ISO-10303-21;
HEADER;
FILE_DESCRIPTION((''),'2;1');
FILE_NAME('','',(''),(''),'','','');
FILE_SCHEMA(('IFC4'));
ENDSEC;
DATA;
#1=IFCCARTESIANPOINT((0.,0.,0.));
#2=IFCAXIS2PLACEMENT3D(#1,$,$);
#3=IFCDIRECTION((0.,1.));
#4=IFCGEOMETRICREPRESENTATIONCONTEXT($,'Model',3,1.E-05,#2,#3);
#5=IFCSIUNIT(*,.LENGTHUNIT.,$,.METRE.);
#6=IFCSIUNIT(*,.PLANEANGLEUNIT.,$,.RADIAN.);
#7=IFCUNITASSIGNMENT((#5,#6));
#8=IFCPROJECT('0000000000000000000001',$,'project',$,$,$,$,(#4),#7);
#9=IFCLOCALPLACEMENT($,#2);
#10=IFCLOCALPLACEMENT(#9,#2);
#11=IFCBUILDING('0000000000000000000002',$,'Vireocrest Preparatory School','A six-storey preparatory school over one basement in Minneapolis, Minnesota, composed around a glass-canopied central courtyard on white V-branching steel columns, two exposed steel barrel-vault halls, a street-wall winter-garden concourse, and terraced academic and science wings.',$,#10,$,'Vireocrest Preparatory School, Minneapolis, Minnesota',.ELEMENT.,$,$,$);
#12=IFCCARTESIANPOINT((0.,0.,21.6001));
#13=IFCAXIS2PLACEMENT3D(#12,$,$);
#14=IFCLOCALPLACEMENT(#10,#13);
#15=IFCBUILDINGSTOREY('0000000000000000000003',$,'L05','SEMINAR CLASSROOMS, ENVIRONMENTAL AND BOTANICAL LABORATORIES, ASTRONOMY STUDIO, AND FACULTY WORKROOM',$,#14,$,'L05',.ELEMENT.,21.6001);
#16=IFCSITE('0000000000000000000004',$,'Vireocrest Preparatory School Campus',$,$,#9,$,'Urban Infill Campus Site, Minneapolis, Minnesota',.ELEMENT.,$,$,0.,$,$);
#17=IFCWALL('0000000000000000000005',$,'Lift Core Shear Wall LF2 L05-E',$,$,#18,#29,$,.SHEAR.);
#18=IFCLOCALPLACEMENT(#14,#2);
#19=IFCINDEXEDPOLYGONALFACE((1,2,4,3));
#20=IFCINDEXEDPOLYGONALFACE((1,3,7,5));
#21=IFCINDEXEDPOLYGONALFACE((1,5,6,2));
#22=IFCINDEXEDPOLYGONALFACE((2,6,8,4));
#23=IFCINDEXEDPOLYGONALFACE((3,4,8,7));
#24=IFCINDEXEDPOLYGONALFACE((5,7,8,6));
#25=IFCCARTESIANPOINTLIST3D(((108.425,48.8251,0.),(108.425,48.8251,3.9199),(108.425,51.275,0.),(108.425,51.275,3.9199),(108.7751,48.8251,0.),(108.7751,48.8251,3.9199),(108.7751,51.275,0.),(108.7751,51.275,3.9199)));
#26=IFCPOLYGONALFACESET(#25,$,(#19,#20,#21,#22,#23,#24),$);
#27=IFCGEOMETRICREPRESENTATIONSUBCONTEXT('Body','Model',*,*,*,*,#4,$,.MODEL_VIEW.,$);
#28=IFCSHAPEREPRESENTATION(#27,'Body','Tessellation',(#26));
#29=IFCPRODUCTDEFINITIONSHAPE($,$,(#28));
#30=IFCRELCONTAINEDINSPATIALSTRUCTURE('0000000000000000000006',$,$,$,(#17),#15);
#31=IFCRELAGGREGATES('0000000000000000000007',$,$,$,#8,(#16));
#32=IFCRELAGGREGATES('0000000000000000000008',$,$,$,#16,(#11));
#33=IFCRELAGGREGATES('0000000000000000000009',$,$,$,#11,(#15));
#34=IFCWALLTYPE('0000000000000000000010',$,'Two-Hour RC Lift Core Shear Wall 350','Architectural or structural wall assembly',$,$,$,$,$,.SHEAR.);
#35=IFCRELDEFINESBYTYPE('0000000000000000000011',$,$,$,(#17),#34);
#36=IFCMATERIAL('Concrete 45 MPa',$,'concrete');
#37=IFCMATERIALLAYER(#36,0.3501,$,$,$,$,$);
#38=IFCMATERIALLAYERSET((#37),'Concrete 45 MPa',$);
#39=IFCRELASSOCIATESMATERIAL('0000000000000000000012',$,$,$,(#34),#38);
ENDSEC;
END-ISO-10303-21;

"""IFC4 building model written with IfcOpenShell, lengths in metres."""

from ifc_helpers import new_model, si_unit, direction, frame, frame_2d, origin, place, context, subcontext, project, spatial, rectangle, extrude, material, layer, layer_set, type_object, element, save


model = new_model("IFC4")

# Units and contexts
model_context = context("Model", 3, precision=1e-05, world=origin(), true_north=direction((0.0, 1.0)))
body_context = subcontext(model_context, "Body", "Model", "MODEL_VIEW")
ifc_project = project(units=[si_unit("LENGTHUNIT", "METRE"), si_unit("PLANEANGLEUNIT", "RADIAN")], contexts=[model_context])

# Site, building, storey
site_placement = place(None, origin())
site = spatial("IfcSite", under=ifc_project, at=site_placement, Name="Vireocrest Preparatory School Campus", LongName="Urban Infill Campus Site, Minneapolis, Minnesota", CompositionType="ELEMENT", RefElevation=0.0)
building_placement = place(site_placement, origin())
building = spatial("IfcBuilding", under=site, at=building_placement, Name="Vireocrest Preparatory School", Description="A six-storey preparatory school over one basement in Minneapolis, Minnesota, composed around a glass-canopied central courtyard on white V-branching steel columns, two exposed steel barrel-vault halls, a street-wall winter-garden concourse, and terraced academic and science wings.", LongName="Vireocrest Preparatory School, Minneapolis, Minnesota", CompositionType="ELEMENT")
storey_placement = place(building_placement, frame((0.0, 0.0, 21.6001)))
storey = spatial("IfcBuildingStorey", under=building, at=storey_placement, Name="L05", Description="SEMINAR CLASSROOMS, ENVIRONMENTAL AND BOTANICAL LABORATORIES, ASTRONOMY STUDIO, AND FACULTY WORKROOM", LongName="L05", CompositionType="ELEMENT", Elevation=21.6001)

# Shared definitions
ifc_material_1 = material(Name="Concrete 45 MPa", Category="concrete")

# Shared definitions
ifc_layer_1 = layer(ifc_material_1, 0.3501)
ifc_layer_set_1 = layer_set([ifc_layer_1], Name="Concrete 45 MPa")
wall_type_1 = type_object("IfcWallType", Name="Two-Hour RC Lift Core Shear Wall 350", Description="Architectural or structural wall assembly", PredefinedType="SHEAR", material=ifc_layer_set_1)

# Wall
for number, where, z_axis, x_axis, name in (
    (1, (108.6001, 48.825, 0.0), (0.0, 0.0, 1.0), (0.0, 1.0, 0.0), "Lift Core Shear Wall LF2 L05-E"),
):
    element("IfcWall", number, at=place(storey_placement, frame(where, z_axis=z_axis, x_axis=x_axis)), inside=storey, type_object=wall_type_1, Name=name, PredefinedType="SHEAR", context=body_context, shape_type="SweptSolid", body=[
        extrude(rectangle(XDim=2.45, YDim=0.3501, at=frame_2d((1.2251, 0.0))), origin(), (0.0, 0.0, 1.0), 3.9199),
    ])

save(model, "model.ifc")
